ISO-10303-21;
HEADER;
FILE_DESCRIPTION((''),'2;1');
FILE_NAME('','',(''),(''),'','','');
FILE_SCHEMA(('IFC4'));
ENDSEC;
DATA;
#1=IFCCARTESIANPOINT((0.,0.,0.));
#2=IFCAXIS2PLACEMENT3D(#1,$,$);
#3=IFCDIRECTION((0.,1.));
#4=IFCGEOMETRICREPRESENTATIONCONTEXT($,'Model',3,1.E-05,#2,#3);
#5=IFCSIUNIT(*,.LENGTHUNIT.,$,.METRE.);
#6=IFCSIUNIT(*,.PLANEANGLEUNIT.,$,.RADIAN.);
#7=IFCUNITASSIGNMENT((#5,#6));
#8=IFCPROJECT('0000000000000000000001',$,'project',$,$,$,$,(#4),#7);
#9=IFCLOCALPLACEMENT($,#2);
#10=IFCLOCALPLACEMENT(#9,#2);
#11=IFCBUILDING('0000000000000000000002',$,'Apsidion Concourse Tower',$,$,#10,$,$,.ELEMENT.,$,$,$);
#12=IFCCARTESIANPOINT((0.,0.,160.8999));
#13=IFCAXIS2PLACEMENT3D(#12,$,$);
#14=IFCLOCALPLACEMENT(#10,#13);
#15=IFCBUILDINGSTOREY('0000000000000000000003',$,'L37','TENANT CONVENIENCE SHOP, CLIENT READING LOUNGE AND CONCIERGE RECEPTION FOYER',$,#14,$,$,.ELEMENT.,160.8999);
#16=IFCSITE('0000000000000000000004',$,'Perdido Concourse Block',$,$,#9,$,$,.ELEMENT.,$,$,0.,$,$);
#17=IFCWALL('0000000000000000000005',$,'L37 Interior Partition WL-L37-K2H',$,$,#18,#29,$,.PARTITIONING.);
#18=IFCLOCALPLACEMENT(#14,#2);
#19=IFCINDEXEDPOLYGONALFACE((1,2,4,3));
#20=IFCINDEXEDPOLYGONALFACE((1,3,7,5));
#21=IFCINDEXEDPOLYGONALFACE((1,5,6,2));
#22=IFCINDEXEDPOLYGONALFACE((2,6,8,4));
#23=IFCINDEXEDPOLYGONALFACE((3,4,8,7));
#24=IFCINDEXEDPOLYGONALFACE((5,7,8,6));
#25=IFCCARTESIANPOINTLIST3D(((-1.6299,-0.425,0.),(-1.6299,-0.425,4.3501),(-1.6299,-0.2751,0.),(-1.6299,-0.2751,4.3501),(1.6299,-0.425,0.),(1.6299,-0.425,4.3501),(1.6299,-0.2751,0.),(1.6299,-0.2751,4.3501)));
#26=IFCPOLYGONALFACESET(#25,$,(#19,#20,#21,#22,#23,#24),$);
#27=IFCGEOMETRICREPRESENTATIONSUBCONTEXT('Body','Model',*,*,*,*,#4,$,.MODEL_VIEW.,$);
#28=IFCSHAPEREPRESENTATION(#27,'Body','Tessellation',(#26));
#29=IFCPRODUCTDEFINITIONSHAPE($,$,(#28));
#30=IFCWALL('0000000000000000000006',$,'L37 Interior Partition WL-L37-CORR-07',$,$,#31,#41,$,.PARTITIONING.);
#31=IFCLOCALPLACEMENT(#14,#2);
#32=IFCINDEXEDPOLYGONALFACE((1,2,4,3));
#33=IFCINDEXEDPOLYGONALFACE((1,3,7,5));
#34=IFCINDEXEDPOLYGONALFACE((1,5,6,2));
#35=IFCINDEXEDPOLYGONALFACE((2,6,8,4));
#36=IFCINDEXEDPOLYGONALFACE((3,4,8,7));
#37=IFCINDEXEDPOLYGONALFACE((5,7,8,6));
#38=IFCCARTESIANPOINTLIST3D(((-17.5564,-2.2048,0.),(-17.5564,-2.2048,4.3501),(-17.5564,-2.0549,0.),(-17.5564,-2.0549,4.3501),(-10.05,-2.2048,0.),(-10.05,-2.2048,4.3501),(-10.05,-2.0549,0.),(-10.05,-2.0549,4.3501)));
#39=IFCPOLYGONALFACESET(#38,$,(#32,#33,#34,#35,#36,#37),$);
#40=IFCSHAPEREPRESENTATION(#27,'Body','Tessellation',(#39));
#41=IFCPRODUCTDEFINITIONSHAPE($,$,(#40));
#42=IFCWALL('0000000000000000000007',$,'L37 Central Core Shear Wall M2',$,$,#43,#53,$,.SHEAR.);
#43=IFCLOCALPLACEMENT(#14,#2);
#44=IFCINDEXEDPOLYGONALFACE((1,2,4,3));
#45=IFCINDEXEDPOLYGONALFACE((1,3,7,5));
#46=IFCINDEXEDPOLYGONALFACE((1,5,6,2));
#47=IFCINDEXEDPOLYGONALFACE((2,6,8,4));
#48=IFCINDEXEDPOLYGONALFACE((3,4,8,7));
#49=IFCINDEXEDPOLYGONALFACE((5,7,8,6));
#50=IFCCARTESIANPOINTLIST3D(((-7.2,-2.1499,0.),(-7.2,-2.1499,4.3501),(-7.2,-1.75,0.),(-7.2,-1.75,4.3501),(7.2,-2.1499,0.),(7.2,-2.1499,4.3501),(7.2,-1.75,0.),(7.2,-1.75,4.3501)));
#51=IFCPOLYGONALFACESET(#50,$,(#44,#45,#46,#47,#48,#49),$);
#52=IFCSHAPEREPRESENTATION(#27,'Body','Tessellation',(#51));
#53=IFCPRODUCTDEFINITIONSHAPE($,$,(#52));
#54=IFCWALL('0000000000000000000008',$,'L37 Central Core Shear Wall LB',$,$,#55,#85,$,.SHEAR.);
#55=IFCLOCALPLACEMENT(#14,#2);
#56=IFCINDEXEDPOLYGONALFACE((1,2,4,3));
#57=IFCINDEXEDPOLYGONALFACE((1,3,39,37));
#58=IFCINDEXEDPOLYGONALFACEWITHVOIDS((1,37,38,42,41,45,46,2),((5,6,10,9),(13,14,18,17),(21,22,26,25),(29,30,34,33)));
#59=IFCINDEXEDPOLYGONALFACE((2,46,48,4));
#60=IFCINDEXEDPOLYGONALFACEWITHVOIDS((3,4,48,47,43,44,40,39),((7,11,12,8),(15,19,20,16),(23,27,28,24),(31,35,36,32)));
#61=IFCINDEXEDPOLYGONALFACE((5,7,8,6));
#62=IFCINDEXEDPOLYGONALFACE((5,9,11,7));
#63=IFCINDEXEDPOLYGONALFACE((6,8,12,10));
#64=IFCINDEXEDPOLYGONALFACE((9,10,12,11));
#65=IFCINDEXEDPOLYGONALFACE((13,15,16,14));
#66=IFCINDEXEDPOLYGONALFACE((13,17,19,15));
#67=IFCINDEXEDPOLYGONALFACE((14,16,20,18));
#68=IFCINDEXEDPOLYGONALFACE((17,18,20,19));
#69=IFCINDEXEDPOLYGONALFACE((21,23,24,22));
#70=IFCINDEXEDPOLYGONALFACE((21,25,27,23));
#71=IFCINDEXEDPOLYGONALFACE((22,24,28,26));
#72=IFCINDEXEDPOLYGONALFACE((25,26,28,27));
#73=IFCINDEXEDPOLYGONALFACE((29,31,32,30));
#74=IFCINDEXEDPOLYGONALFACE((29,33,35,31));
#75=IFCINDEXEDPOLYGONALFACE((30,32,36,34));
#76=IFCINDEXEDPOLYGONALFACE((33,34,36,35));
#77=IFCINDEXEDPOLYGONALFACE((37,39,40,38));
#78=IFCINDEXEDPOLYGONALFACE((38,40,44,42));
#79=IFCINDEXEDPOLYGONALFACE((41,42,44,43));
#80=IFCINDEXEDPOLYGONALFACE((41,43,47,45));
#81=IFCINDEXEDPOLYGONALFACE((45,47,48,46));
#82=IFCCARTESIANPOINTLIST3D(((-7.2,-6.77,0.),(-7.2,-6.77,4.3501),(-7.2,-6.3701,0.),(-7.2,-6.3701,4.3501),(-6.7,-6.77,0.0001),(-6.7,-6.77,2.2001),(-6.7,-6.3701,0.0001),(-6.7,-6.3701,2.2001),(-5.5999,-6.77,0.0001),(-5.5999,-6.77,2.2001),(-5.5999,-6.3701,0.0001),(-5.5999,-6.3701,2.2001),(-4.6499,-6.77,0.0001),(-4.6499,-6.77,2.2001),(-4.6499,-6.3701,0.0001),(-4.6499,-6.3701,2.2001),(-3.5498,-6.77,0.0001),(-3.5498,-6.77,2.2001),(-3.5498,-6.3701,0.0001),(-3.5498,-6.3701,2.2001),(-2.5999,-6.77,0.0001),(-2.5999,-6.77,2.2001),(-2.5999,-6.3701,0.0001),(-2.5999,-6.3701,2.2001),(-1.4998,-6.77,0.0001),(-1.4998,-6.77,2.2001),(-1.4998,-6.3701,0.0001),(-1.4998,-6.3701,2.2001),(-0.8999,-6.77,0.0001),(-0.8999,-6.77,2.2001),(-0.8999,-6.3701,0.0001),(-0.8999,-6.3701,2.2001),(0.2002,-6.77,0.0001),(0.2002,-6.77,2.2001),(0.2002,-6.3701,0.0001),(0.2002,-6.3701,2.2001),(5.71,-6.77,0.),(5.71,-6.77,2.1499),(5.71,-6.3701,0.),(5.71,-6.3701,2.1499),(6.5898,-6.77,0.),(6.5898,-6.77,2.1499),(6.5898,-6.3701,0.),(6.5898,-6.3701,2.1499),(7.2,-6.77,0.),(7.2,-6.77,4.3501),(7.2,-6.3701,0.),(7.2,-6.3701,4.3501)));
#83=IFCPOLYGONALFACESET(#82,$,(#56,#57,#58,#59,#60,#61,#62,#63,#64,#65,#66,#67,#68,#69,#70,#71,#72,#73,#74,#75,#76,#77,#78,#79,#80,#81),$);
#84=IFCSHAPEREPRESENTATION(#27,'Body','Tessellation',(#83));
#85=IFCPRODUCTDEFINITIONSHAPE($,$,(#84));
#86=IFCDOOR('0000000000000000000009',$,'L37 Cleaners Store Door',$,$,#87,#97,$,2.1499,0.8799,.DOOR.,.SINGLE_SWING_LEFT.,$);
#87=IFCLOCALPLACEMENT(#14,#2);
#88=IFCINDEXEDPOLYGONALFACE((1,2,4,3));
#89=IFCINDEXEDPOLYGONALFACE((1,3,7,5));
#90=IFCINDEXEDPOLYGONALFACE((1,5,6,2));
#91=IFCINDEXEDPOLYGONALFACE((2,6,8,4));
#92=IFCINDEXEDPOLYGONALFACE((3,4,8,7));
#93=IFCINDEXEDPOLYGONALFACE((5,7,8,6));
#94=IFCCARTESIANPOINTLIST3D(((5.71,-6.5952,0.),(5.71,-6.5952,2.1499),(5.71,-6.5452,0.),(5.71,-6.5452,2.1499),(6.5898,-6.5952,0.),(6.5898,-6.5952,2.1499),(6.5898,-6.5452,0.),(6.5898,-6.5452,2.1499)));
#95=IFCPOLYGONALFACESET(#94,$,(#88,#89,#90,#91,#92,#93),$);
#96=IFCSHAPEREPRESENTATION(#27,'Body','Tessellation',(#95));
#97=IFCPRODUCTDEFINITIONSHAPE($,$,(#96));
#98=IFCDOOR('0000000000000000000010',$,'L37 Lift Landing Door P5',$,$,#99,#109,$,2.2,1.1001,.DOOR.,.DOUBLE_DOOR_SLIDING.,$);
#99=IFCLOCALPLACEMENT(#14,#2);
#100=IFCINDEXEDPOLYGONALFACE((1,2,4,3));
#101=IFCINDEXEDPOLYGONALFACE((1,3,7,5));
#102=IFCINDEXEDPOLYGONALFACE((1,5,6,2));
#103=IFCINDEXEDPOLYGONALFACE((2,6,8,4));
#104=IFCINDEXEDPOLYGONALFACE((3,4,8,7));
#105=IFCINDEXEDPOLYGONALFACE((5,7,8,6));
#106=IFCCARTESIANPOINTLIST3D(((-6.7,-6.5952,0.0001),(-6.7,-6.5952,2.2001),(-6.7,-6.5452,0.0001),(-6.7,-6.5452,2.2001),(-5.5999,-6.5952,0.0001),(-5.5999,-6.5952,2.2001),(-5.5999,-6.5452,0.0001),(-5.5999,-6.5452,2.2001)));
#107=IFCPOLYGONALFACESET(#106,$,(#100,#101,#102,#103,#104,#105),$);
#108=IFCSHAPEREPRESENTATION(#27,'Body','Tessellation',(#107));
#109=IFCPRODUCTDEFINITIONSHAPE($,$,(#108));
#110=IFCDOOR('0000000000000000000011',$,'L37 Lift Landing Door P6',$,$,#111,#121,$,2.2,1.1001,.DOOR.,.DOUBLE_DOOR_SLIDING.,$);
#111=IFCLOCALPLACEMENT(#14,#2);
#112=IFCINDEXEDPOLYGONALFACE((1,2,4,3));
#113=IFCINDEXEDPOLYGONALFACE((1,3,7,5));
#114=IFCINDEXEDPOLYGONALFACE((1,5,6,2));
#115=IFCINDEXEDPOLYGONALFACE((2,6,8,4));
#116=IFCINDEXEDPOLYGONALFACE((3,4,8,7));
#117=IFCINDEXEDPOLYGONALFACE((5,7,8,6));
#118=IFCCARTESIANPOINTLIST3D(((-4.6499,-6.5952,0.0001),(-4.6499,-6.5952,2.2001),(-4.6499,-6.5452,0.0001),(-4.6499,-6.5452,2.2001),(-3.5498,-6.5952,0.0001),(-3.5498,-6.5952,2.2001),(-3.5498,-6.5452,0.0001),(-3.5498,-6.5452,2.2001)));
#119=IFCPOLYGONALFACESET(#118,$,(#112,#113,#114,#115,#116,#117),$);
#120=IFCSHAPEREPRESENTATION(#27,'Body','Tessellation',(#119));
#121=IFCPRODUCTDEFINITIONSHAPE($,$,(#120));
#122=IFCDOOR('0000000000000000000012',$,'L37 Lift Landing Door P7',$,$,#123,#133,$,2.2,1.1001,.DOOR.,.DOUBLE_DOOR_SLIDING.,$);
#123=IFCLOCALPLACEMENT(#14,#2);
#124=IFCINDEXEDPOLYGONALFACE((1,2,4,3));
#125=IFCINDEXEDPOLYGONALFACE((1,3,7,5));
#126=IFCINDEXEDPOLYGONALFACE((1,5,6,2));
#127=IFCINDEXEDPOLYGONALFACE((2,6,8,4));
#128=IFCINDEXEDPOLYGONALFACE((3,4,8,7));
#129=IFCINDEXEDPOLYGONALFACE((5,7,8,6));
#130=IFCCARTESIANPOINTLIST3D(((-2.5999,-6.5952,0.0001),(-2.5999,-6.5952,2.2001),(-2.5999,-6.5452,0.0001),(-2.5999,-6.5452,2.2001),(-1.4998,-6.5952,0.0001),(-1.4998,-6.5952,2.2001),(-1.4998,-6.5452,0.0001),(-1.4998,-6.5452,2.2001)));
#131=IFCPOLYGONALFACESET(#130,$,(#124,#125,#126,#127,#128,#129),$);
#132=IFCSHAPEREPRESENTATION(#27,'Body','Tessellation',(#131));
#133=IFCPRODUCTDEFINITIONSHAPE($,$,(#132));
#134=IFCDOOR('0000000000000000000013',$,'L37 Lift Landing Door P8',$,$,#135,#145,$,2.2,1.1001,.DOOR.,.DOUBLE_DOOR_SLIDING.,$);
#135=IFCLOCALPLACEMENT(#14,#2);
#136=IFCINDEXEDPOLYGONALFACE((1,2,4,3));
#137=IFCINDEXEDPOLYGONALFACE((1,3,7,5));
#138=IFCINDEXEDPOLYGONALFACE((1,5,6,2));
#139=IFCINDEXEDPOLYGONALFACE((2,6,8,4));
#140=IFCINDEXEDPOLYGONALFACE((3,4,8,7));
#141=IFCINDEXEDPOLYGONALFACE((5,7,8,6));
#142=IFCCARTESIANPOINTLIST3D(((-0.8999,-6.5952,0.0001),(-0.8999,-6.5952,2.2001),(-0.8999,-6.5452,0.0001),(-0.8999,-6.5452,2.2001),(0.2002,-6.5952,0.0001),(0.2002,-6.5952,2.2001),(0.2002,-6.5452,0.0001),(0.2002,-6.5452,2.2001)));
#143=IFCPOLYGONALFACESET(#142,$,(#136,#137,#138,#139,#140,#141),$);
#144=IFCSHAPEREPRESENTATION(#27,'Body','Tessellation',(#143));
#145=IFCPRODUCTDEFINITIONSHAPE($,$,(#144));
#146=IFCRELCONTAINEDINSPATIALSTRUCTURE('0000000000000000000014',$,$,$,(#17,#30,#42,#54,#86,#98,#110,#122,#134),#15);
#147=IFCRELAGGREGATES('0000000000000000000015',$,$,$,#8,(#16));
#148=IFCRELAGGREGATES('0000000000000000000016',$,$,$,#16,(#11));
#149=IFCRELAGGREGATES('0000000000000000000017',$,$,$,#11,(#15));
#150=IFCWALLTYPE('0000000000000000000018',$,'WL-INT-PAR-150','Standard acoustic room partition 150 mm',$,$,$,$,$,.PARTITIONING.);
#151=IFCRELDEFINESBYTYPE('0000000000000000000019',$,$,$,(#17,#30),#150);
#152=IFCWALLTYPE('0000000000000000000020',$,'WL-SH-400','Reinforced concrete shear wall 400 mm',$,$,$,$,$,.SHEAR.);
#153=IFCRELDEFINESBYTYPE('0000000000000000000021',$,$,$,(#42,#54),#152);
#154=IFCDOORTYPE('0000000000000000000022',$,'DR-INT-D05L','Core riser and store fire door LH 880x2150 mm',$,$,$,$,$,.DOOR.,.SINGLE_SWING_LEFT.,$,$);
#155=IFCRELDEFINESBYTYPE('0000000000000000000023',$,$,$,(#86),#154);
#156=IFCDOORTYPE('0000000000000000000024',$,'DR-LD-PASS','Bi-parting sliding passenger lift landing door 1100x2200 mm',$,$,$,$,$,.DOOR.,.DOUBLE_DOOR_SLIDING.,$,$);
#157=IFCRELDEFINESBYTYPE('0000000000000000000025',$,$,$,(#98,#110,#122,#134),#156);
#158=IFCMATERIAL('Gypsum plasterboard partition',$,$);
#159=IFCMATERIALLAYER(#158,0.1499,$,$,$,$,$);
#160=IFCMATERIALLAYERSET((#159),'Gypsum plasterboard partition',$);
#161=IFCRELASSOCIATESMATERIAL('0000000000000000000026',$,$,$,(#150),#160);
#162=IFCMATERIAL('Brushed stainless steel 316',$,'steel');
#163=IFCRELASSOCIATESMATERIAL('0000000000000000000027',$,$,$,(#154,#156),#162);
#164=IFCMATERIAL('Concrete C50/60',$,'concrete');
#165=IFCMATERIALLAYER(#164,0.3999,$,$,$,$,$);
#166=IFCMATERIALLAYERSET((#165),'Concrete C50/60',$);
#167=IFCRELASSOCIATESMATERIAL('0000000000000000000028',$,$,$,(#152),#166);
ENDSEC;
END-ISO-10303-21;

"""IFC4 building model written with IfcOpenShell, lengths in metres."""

from ifc_helpers import new_model, si_unit, direction, frame, frame_2d, origin, place, context, subcontext, project, spatial, rectangle, extrude, material, layer, layer_set, type_object, element, fill, save


model = new_model("IFC4")

# Units and contexts
model_context = context("Model", 3, precision=1e-05, world=origin(), true_north=direction((0.0, 1.0)))
body_context = subcontext(model_context, "Body", "Model", "MODEL_VIEW")
ifc_project = project(units=[si_unit("LENGTHUNIT", "METRE"), si_unit("PLANEANGLEUNIT", "RADIAN")], contexts=[model_context])

# Site, building, storey
site_placement = place(None, origin())
site = spatial("IfcSite", under=ifc_project, at=site_placement, Name="Perdido Concourse Block", CompositionType="ELEMENT", RefElevation=0.0)
building_placement = place(site_placement, origin())
building = spatial("IfcBuilding", under=site, at=building_placement, Name="Apsidion Concourse Tower", CompositionType="ELEMENT")
storey_placement = place(building_placement, frame((0.0, 0.0, 160.8999)))
storey = spatial("IfcBuildingStorey", under=building, at=storey_placement, Name="L37", Description="TENANT CONVENIENCE SHOP, CLIENT READING LOUNGE AND CONCIERGE RECEPTION FOYER", CompositionType="ELEMENT", Elevation=160.8999)

# Shared definitions
ifc_material_1 = material(Name="Concrete C50/60", Category="concrete")

# Walls
ifc_material_2 = material(Name="Gypsum plasterboard partition")
ifc_layer_1 = layer(ifc_material_2, 0.1499)
ifc_layer_set_1 = layer_set([ifc_layer_1], Name="Gypsum plasterboard partition")
wall_type_1 = type_object("IfcWallType", Name="WL-INT-PAR-150", Description="Standard acoustic room partition 150 mm", PredefinedType="PARTITIONING", material=ifc_layer_set_1)
wall_1_placement = place(storey_placement, frame((-1.6299, -0.3501, 0.0), z_axis=(0.0, 0.0, 1.0), x_axis=(1.0, 0.0, 0.0)))
element("IfcWall", 1, at=wall_1_placement, inside=storey, type_object=wall_type_1, Name="L37 Interior Partition WL-L37-K2H", PredefinedType="PARTITIONING", context=body_context, shape_type="SweptSolid", body=[
    extrude(rectangle(XDim=3.2598, YDim=0.1499, at=frame_2d((1.6299, 0.0))), origin(), (0.0, 0.0, 1.0), 4.3501),
])
wall_2_placement = place(storey_placement, frame((-10.05, -2.1299, 0.0), z_axis=(0.0, 0.0, 1.0), x_axis=(-1.0, 0.0, 0.0)))
element("IfcWall", 2, at=wall_2_placement, inside=storey, type_object=wall_type_1, Name="L37 Interior Partition WL-L37-CORR-07", PredefinedType="PARTITIONING", context=body_context, shape_type="SweptSolid", body=[
    extrude(rectangle(XDim=7.5063, YDim=0.1499, at=frame_2d((3.7532, 0.0))), origin(), (0.0, 0.0, 1.0), 4.3501),
])

# Shared definitions
ifc_material_3 = material(Name="Brushed stainless steel 316", Category="steel")
door_type_1 = type_object("IfcDoorType", Name="DR-INT-D05L", Description="Core riser and store fire door LH 880x2150 mm", OperationType="SINGLE_SWING_LEFT", PredefinedType="DOOR", material=ifc_material_3)

# Wall
ifc_layer_2 = layer(ifc_material_1, 0.3999)
ifc_layer_set_2 = layer_set([ifc_layer_2], Name="Concrete C50/60")
wall_type_2 = type_object("IfcWallType", Name="WL-SH-400", Description="Reinforced concrete shear wall 400 mm", PredefinedType="SHEAR", material=ifc_layer_set_2)
wall_3_placement = place(storey_placement, frame((-7.2, -1.95, 0.0), z_axis=(0.0, 0.0, 1.0), x_axis=(1.0, 0.0, 0.0)))
element("IfcWall", 3, at=wall_3_placement, inside=storey, type_object=wall_type_2, Name="L37 Central Core Shear Wall M2", PredefinedType="SHEAR", context=body_context, shape_type="SweptSolid", body=[
    extrude(rectangle(XDim=14.3999, YDim=0.3999, at=frame_2d((7.2, 0.0))), origin(), (0.0, 0.0, 1.0), 4.3501),
])

# Wall, openings, doors
door_type_2 = type_object("IfcDoorType", Name="DR-LD-PASS", Description="Bi-parting sliding passenger lift landing door 1100x2200 mm", OperationType="DOUBLE_DOOR_SLIDING", PredefinedType="DOOR", material=ifc_material_3)
wall_4_placement = place(storey_placement, frame((-7.2, -6.5701, 0.0), z_axis=(0.0, 0.0, 1.0), x_axis=(1.0, 0.0, 0.0)))
wall_4 = element("IfcWall", 4, at=wall_4_placement, inside=storey, type_object=wall_type_2, Name="L37 Central Core Shear Wall LB", PredefinedType="SHEAR", context=body_context, shape_type="SweptSolid", body=[
    extrude(rectangle(XDim=14.3999, YDim=0.3999, at=frame_2d((7.2, 0.0))), origin(), (0.0, 0.0, 1.0), 4.3501),
])
opening_1_placement = place(wall_4_placement, frame((0.5, 0.0, 0.0)))
opening_1 = element("IfcOpeningElement", 5, at=opening_1_placement, cuts=wall_4, PredefinedType="OPENING", context=body_context, shape_type="SweptSolid", body=[
    extrude(rectangle(XDim=1.1001, YDim=2.2, at=frame_2d((0.55, 1.1001))), frame((0.0, 0.21, 0.0), z_axis=(0.0, -1.0, 0.0), x_axis=(1.0, 0.0, 0.0)), (0.0, 0.0, 1.0), 0.4199),
])
opening_2_placement = place(wall_4_placement, frame((2.55, 0.0, 0.0)))
opening_2 = element("IfcOpeningElement", 6, at=opening_2_placement, cuts=wall_4, PredefinedType="OPENING", context=body_context, shape_type="SweptSolid", body=[
    extrude(rectangle(XDim=1.1001, YDim=2.2, at=frame_2d((0.55, 1.1001))), frame((0.0, 0.21, 0.0), z_axis=(0.0, -1.0, 0.0), x_axis=(1.0, 0.0, 0.0)), (0.0, 0.0, 1.0), 0.4199),
])
opening_3_placement = place(wall_4_placement, frame((4.6001, 0.0, 0.0)))
opening_3 = element("IfcOpeningElement", 7, at=opening_3_placement, cuts=wall_4, PredefinedType="OPENING", context=body_context, shape_type="SweptSolid", body=[
    extrude(rectangle(XDim=1.1001, YDim=2.2, at=frame_2d((0.55, 1.1001))), frame((0.0, 0.21, 0.0), z_axis=(0.0, -1.0, 0.0), x_axis=(1.0, 0.0, 0.0)), (0.0, 0.0, 1.0), 0.4199),
])
opening_4_placement = place(wall_4_placement, frame((6.3, 0.0, 0.0)))
opening_4 = element("IfcOpeningElement", 8, at=opening_4_placement, cuts=wall_4, PredefinedType="OPENING", context=body_context, shape_type="SweptSolid", body=[
    extrude(rectangle(XDim=1.1001, YDim=2.2, at=frame_2d((0.55, 1.1001))), frame((0.0, 0.21, 0.0), z_axis=(0.0, -1.0, 0.0), x_axis=(1.0, 0.0, 0.0)), (0.0, 0.0, 1.0), 0.4199),
])
opening_5_placement = place(wall_4_placement, frame((12.9099, 0.0, 0.0)))
opening_5 = element("IfcOpeningElement", 9, at=opening_5_placement, cuts=wall_4, PredefinedType="OPENING", context=body_context, shape_type="SweptSolid", body=[
    extrude(rectangle(XDim=0.8799, YDim=2.1499, at=frame_2d((0.4399, 1.075))), frame((0.0, 0.21, 0.0), z_axis=(0.0, -1.0, 0.0), x_axis=(1.0, 0.0, 0.0)), (0.0, 0.0, 1.0), 0.4199),
])
door_1_placement = place(opening_5_placement, origin())
door_1 = element("IfcDoor", 10, at=door_1_placement, inside=storey, type_object=door_type_1, Name="L37 Cleaners Store Door", OperationType="SINGLE_SWING_LEFT", OverallHeight=2.1499, OverallWidth=0.8799, PredefinedType="DOOR", context=body_context, shape_type="SweptSolid", body=[
    extrude(rectangle(XDim=0.8799, YDim=2.1499, at=frame_2d((0.4399, 1.075))), frame((0.0, 0.0249, 0.0), z_axis=(0.0, -1.0, 0.0), x_axis=(1.0, 0.0, 0.0)), (0.0, 0.0, 1.0), 0.05),
])
fill(opening_5, door_1)
door_2_placement = place(opening_1_placement, origin())
door_2 = element("IfcDoor", 11, at=door_2_placement, inside=storey, type_object=door_type_2, Name="L37 Lift Landing Door P5", OperationType="DOUBLE_DOOR_SLIDING", OverallHeight=2.2, OverallWidth=1.1001, PredefinedType="DOOR", context=body_context, shape_type="SweptSolid", body=[
    extrude(rectangle(XDim=1.1001, YDim=2.2, at=frame_2d((0.55, 1.1001))), frame((0.0, 0.0249, 0.0), z_axis=(0.0, -1.0, 0.0), x_axis=(1.0, 0.0, 0.0)), (0.0, 0.0, 1.0), 0.05),
])
fill(opening_1, door_2)
door_3_placement = place(opening_2_placement, origin())
door_3 = element("IfcDoor", 12, at=door_3_placement, inside=storey, type_object=door_type_2, Name="L37 Lift Landing Door P6", OperationType="DOUBLE_DOOR_SLIDING", OverallHeight=2.2, OverallWidth=1.1001, PredefinedType="DOOR", context=body_context, shape_type="SweptSolid", body=[
    extrude(rectangle(XDim=1.1001, YDim=2.2, at=frame_2d((0.55, 1.1001))), frame((0.0, 0.0249, 0.0), z_axis=(0.0, -1.0, 0.0), x_axis=(1.0, 0.0, 0.0)), (0.0, 0.0, 1.0), 0.05),
])
fill(opening_2, door_3)
door_4_placement = place(opening_3_placement, origin())
door_4 = element("IfcDoor", 13, at=door_4_placement, inside=storey, type_object=door_type_2, Name="L37 Lift Landing Door P7", OperationType="DOUBLE_DOOR_SLIDING", OverallHeight=2.2, OverallWidth=1.1001, PredefinedType="DOOR", context=body_context, shape_type="SweptSolid", body=[
    extrude(rectangle(XDim=1.1001, YDim=2.2, at=frame_2d((0.55, 1.1001))), frame((0.0, 0.0249, 0.0), z_axis=(0.0, -1.0, 0.0), x_axis=(1.0, 0.0, 0.0)), (0.0, 0.0, 1.0), 0.05),
])
fill(opening_3, door_4)
door_5_placement = place(opening_4_placement, origin())
door_5 = element("IfcDoor", 14, at=door_5_placement, inside=storey, type_object=door_type_2, Name="L37 Lift Landing Door P8", OperationType="DOUBLE_DOOR_SLIDING", OverallHeight=2.2, OverallWidth=1.1001, PredefinedType="DOOR", context=body_context, shape_type="SweptSolid", body=[
    extrude(rectangle(XDim=1.1001, YDim=2.2, at=frame_2d((0.55, 1.1001))), frame((0.0, 0.0249, 0.0), z_axis=(0.0, -1.0, 0.0), x_axis=(1.0, 0.0, 0.0)), (0.0, 0.0, 1.0), 0.05),
])
fill(opening_4, door_5)

save(model, "model.ifc")
